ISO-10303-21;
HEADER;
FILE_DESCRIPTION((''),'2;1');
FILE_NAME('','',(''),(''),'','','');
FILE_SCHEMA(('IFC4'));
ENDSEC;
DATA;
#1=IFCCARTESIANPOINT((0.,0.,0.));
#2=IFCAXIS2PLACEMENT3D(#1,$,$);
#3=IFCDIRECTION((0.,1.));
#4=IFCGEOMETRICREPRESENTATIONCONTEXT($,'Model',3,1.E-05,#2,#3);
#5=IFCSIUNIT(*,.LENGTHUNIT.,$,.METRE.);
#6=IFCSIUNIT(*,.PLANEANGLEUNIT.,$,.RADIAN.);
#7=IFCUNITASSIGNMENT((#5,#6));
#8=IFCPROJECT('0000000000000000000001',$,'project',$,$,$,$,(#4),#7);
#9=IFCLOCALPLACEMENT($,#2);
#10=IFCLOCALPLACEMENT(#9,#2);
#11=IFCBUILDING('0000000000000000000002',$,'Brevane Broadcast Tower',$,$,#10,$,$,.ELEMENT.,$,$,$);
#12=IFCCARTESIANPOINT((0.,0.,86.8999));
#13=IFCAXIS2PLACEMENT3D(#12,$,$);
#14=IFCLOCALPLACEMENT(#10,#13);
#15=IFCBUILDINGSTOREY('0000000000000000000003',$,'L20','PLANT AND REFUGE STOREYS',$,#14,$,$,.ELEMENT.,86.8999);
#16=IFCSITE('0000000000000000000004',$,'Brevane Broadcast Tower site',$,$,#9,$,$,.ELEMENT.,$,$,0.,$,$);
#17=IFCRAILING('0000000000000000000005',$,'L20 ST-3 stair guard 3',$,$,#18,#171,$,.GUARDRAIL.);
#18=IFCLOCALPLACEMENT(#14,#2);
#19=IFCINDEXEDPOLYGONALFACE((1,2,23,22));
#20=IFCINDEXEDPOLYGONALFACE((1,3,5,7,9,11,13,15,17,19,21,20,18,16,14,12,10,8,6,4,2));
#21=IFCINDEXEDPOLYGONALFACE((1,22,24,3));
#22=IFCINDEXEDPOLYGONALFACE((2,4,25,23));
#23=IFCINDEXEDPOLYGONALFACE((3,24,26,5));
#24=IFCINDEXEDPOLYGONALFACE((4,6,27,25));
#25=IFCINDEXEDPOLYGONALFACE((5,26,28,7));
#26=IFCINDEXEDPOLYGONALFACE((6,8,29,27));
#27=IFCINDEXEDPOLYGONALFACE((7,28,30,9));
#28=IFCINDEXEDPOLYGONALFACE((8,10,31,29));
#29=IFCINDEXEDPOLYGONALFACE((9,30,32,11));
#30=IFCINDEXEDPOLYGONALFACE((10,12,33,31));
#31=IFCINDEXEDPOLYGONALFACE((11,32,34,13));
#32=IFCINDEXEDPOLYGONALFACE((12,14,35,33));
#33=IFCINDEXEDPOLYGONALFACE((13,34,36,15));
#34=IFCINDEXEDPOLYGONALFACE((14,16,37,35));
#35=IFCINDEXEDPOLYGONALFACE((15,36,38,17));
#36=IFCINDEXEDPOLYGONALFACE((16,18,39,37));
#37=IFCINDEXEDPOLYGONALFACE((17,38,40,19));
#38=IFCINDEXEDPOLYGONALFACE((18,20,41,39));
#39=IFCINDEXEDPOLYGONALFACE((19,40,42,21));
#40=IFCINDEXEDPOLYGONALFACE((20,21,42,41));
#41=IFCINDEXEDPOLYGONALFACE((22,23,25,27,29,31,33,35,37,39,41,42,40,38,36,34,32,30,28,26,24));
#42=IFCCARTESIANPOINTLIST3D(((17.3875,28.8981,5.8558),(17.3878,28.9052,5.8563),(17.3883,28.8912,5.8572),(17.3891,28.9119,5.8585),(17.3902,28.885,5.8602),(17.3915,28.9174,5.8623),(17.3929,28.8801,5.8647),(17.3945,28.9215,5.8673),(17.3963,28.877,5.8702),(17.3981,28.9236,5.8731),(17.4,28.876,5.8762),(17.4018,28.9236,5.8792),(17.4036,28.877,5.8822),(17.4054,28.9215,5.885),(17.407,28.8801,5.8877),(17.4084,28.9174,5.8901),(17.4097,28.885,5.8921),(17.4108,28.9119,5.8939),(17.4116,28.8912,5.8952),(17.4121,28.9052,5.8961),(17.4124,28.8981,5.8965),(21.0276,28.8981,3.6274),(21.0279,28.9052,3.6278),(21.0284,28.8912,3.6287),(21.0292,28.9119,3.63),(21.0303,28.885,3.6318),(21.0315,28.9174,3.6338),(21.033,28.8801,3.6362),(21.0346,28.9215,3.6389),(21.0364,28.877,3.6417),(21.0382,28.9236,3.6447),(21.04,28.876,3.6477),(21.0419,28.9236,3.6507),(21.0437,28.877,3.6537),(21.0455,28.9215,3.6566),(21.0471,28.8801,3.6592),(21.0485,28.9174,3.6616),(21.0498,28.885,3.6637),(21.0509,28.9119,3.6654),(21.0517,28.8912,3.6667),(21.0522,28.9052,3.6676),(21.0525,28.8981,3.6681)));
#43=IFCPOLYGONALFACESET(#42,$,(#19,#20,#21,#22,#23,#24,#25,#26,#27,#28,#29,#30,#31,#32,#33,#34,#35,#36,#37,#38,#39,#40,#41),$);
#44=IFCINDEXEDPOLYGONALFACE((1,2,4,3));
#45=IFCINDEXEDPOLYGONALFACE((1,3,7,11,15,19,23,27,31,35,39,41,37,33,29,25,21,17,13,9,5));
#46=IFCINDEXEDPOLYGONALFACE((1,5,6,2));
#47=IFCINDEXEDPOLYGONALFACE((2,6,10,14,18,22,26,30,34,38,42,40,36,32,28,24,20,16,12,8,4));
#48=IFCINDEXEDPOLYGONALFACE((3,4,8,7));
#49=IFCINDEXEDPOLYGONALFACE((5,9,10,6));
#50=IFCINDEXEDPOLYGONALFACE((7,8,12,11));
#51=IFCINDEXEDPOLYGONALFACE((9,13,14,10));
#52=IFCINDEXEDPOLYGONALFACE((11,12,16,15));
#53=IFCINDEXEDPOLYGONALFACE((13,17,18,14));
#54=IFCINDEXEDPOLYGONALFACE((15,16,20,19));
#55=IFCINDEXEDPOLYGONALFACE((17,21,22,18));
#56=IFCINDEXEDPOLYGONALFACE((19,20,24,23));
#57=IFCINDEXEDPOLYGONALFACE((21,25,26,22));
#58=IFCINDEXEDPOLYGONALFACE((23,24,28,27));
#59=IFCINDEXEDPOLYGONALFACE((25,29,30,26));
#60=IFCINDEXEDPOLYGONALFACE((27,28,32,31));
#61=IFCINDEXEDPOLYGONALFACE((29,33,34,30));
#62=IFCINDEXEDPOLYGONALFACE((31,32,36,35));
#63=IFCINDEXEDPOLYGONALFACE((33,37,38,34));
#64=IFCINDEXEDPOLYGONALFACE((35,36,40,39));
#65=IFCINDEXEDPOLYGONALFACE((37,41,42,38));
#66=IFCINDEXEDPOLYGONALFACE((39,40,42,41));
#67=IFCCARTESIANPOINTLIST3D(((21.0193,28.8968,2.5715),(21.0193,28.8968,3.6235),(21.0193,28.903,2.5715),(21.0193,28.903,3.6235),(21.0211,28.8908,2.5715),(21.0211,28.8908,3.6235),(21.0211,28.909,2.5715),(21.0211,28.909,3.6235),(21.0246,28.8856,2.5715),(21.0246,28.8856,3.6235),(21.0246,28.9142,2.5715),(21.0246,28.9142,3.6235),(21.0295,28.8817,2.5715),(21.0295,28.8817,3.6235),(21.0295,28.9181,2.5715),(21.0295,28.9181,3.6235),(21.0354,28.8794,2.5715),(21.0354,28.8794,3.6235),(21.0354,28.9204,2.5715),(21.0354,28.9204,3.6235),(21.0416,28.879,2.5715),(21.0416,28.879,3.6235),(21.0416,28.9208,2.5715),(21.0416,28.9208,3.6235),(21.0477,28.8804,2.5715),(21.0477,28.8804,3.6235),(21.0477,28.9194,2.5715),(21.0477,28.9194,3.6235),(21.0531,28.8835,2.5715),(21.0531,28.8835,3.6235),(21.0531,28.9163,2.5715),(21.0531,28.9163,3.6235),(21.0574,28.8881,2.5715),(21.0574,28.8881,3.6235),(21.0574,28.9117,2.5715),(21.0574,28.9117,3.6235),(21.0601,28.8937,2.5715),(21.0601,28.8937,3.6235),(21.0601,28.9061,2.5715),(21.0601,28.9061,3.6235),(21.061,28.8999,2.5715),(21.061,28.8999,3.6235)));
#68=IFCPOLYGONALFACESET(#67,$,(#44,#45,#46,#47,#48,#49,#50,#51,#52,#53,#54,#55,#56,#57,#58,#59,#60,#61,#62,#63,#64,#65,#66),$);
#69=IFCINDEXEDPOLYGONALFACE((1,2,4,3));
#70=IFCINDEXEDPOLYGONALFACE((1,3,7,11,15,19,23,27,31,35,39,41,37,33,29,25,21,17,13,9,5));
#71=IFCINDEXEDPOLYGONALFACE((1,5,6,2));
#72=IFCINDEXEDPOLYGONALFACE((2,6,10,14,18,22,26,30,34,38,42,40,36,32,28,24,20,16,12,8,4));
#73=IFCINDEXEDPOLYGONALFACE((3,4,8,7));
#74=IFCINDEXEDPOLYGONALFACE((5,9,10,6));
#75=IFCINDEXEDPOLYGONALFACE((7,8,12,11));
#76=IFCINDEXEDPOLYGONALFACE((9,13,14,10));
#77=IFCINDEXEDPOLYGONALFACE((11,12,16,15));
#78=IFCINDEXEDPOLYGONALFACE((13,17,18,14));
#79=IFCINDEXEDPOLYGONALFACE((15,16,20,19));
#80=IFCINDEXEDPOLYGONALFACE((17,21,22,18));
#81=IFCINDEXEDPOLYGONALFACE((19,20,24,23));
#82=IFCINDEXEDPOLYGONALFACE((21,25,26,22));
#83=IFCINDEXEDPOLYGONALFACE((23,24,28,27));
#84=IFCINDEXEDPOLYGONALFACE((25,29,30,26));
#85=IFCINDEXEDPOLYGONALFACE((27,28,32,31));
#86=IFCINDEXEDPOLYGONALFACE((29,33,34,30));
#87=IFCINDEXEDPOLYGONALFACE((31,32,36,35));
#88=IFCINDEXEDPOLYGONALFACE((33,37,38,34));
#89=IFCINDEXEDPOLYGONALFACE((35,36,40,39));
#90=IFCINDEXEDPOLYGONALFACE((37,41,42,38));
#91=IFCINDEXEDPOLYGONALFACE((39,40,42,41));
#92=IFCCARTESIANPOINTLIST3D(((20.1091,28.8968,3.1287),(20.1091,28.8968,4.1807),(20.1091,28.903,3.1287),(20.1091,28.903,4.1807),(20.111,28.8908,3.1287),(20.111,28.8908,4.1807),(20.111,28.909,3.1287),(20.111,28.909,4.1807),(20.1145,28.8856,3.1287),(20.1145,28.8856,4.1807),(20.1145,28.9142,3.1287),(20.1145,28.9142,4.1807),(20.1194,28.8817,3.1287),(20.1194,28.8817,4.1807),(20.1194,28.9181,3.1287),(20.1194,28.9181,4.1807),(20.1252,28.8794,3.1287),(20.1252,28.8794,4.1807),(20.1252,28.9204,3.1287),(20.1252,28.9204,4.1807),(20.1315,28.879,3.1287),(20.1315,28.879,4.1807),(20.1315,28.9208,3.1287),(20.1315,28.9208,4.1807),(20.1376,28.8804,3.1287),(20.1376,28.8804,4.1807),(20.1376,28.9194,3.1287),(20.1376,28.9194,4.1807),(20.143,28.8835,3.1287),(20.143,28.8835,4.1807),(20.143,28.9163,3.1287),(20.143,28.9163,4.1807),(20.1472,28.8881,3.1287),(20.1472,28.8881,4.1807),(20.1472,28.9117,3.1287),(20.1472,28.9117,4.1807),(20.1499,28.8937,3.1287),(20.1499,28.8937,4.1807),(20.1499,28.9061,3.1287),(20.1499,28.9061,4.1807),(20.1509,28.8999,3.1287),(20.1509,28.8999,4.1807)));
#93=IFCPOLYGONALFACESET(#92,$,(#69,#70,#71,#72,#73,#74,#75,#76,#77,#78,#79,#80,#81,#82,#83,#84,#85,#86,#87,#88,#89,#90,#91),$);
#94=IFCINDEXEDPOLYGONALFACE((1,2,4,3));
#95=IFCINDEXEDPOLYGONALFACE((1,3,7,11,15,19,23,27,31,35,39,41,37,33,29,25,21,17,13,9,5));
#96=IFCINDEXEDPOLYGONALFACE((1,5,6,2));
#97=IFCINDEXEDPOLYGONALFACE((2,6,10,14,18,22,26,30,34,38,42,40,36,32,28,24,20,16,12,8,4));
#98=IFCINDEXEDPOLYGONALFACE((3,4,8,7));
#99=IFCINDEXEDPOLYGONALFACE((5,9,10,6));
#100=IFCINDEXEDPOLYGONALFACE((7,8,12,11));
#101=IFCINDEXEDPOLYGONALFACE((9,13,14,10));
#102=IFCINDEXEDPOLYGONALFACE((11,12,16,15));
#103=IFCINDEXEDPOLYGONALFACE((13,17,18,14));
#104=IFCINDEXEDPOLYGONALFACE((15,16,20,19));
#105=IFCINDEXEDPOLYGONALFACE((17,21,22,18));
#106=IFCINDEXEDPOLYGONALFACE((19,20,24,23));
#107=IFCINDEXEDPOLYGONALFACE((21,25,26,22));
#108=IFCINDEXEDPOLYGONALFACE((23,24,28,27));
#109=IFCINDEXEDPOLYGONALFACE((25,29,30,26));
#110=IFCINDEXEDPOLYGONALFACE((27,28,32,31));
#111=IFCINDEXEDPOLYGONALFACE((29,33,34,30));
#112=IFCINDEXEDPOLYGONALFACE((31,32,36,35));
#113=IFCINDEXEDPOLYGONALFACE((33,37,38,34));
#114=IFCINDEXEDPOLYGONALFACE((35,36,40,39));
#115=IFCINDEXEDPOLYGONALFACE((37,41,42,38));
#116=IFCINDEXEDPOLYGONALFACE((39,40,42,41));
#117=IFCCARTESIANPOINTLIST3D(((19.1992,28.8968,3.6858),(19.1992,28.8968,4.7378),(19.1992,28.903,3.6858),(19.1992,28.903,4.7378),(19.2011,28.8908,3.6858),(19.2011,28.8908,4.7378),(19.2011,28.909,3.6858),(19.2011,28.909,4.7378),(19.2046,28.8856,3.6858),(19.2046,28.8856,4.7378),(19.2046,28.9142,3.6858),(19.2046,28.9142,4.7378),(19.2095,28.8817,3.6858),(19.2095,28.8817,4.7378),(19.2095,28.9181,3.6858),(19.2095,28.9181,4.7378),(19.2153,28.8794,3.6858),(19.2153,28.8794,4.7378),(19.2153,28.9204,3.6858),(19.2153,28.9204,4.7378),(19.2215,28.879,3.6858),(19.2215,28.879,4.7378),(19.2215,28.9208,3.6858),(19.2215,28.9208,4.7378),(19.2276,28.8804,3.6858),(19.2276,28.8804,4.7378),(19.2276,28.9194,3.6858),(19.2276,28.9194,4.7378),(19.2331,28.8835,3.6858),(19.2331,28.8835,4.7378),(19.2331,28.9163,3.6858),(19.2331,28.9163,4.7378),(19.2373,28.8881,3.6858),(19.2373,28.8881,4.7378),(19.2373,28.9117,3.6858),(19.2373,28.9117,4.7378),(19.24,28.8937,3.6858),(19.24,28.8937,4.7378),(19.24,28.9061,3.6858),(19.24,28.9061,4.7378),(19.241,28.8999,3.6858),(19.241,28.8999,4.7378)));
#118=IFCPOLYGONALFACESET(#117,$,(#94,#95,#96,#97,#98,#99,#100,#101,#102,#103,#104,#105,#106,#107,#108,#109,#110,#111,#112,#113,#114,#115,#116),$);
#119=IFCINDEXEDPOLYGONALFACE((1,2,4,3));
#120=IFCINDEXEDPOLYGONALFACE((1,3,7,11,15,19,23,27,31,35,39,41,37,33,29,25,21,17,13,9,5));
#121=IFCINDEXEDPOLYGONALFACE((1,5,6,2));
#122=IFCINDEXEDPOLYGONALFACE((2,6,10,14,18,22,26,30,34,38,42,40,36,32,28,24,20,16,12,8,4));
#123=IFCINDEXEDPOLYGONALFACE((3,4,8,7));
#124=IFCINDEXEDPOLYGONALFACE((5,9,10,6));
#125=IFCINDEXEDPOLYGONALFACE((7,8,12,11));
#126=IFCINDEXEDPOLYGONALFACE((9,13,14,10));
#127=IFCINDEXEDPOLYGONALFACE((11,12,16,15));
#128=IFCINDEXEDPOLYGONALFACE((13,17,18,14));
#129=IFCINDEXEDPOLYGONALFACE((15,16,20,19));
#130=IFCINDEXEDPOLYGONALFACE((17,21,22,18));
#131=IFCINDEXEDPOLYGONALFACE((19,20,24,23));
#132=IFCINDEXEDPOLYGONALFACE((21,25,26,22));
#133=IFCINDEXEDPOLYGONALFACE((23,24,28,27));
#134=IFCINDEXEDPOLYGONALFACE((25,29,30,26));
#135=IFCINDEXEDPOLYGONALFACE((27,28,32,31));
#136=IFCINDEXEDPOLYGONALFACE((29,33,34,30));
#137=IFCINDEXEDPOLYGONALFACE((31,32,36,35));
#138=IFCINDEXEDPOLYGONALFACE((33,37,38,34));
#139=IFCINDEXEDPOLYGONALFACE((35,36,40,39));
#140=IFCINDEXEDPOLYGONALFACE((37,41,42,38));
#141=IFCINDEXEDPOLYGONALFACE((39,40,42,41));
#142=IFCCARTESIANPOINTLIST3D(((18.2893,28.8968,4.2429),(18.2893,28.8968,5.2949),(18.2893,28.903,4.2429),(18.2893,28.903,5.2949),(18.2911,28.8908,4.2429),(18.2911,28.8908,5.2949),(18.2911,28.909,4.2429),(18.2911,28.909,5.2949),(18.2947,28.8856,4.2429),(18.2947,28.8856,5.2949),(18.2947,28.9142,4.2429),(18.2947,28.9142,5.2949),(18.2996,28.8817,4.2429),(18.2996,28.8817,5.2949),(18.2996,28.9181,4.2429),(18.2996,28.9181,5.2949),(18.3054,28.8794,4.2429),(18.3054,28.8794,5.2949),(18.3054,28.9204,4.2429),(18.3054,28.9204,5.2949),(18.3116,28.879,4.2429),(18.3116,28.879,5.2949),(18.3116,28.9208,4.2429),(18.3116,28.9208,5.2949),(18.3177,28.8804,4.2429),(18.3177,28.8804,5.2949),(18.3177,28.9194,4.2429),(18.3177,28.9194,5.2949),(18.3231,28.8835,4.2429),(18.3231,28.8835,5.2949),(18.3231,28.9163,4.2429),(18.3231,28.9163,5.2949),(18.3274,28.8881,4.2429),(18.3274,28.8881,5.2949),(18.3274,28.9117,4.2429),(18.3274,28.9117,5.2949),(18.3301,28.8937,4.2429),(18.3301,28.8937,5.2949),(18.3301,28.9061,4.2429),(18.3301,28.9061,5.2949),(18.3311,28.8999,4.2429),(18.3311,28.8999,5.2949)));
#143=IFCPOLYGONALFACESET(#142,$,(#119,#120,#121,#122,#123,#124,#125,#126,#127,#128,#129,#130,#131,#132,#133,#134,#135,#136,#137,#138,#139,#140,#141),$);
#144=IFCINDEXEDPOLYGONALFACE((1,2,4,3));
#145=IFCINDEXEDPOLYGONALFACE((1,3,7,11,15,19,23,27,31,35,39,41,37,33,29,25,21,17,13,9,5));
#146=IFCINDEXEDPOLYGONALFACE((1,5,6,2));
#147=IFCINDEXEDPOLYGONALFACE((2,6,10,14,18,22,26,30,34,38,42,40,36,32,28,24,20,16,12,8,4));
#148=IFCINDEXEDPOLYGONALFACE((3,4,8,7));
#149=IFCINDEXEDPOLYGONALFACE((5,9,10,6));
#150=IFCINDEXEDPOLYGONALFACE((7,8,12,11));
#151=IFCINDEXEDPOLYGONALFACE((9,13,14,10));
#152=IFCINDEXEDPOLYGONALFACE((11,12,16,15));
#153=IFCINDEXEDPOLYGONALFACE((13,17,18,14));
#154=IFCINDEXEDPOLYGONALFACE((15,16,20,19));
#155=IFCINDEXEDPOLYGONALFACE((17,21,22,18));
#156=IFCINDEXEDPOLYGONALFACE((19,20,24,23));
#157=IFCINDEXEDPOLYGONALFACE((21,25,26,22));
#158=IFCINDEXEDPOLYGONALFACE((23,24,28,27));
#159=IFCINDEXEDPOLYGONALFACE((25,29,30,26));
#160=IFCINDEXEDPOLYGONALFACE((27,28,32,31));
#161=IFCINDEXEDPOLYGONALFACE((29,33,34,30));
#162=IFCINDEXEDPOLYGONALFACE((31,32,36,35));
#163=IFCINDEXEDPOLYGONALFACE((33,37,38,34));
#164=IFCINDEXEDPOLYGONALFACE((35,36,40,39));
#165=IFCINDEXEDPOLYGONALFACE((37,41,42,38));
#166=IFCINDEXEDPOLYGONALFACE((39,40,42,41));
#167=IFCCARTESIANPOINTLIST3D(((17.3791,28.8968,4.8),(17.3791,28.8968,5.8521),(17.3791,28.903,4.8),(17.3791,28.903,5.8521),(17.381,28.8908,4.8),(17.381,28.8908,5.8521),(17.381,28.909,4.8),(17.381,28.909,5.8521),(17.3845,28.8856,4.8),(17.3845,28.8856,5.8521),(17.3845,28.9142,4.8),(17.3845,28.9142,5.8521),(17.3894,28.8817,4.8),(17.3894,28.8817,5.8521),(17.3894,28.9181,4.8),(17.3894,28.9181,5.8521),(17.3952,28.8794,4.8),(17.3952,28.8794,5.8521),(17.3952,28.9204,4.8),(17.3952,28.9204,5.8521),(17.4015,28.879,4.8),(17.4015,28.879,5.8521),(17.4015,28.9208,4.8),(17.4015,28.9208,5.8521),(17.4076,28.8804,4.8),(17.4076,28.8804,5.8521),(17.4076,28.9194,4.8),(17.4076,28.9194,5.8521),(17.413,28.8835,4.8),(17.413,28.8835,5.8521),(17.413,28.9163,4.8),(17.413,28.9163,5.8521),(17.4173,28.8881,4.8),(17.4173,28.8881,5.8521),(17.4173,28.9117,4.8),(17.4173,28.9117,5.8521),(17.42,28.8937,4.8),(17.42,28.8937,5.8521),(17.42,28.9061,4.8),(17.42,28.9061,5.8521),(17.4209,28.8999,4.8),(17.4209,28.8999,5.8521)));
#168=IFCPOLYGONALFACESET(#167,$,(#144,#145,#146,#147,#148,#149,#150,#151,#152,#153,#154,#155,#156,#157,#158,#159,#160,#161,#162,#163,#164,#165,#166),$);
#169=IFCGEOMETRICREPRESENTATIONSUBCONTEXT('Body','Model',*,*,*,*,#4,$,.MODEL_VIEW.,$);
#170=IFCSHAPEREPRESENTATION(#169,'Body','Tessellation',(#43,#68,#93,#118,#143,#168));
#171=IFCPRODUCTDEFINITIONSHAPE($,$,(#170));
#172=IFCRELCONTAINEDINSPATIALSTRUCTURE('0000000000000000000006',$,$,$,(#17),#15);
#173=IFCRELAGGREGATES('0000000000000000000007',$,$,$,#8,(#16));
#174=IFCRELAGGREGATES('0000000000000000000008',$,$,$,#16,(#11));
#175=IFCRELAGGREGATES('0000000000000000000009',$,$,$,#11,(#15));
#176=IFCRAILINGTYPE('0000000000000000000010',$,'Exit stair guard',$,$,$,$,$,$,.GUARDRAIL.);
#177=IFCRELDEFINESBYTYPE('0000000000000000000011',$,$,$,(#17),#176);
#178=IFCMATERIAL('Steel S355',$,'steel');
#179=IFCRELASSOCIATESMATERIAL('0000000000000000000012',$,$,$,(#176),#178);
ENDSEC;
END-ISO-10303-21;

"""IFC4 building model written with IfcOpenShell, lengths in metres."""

from ifc_helpers import new_model, si_unit, direction, frame, origin, origin_2d, place, context, subcontext, project, spatial, circle, extrude, material, type_object, element, save


model = new_model("IFC4")

# Units and contexts
model_context = context("Model", 3, precision=1e-05, world=origin(), true_north=direction((0.0, 1.0)))
body_context = subcontext(model_context, "Body", "Model", "MODEL_VIEW")
ifc_project = project(units=[si_unit("LENGTHUNIT", "METRE"), si_unit("PLANEANGLEUNIT", "RADIAN")], contexts=[model_context])

# Site, building, storey
site_placement = place(None, origin())
site = spatial("IfcSite", under=ifc_project, at=site_placement, Name="Brevane Broadcast Tower site", CompositionType="ELEMENT", RefElevation=0.0)
building_placement = place(site_placement, origin())
building = spatial("IfcBuilding", under=site, at=building_placement, Name="Brevane Broadcast Tower", CompositionType="ELEMENT")
storey_placement = place(building_placement, frame((0.0, 0.0, 86.8999)))
storey = spatial("IfcBuildingStorey", under=building, at=storey_placement, Name="L20", Description="PLANT AND REFUGE STOREYS", CompositionType="ELEMENT", Elevation=86.8999)

# Shared definitions
ifc_material_1 = material(Name="Steel S355", Category="steel")

# Railing
railing_type_1 = type_object("IfcRailingType", Name="Exit stair guard", PredefinedType="GUARDRAIL", material=ifc_material_1)
railing_1_placement = place(storey_placement, frame((21.04, 28.8999, 2.5715)))
element("IfcRailing", 1, at=railing_1_placement, inside=storey, type_object=railing_type_1, Name="L20 ST-3 stair guard 3", PredefinedType="GUARDRAIL", context=body_context, shape_type="SweptSolid", body=[
    extrude(circle(Radius=0.0239, at=origin_2d()), frame((0.0, 0.0, 1.0762), z_axis=(-0.852866, 0.0, 0.52213), x_axis=(0.0, -1.0, 0.0)), (0.0, 0.0, 1.0), 4.2681),
    extrude(circle(Radius=0.021, at=origin_2d()), origin(), (0.0, 0.0, 1.0), 1.052),
    extrude(circle(Radius=0.021, at=origin_2d()), frame((-0.9102, 0.0, 0.5571)), (0.0, 0.0, 1.0), 1.052),
    extrude(circle(Radius=0.021, at=origin_2d()), frame((-1.8201, 0.0, 1.1143)), (0.0, 0.0, 1.0), 1.052),
    extrude(circle(Radius=0.021, at=origin_2d()), frame((-2.73, 0.0, 1.6714)), (0.0, 0.0, 1.0), 1.052),
    extrude(circle(Radius=0.021, at=origin_2d()), frame((-3.6401, 0.0, 2.2285)), (0.0, 0.0, 1.0), 1.052),
])

save(model, "model.ifc")
